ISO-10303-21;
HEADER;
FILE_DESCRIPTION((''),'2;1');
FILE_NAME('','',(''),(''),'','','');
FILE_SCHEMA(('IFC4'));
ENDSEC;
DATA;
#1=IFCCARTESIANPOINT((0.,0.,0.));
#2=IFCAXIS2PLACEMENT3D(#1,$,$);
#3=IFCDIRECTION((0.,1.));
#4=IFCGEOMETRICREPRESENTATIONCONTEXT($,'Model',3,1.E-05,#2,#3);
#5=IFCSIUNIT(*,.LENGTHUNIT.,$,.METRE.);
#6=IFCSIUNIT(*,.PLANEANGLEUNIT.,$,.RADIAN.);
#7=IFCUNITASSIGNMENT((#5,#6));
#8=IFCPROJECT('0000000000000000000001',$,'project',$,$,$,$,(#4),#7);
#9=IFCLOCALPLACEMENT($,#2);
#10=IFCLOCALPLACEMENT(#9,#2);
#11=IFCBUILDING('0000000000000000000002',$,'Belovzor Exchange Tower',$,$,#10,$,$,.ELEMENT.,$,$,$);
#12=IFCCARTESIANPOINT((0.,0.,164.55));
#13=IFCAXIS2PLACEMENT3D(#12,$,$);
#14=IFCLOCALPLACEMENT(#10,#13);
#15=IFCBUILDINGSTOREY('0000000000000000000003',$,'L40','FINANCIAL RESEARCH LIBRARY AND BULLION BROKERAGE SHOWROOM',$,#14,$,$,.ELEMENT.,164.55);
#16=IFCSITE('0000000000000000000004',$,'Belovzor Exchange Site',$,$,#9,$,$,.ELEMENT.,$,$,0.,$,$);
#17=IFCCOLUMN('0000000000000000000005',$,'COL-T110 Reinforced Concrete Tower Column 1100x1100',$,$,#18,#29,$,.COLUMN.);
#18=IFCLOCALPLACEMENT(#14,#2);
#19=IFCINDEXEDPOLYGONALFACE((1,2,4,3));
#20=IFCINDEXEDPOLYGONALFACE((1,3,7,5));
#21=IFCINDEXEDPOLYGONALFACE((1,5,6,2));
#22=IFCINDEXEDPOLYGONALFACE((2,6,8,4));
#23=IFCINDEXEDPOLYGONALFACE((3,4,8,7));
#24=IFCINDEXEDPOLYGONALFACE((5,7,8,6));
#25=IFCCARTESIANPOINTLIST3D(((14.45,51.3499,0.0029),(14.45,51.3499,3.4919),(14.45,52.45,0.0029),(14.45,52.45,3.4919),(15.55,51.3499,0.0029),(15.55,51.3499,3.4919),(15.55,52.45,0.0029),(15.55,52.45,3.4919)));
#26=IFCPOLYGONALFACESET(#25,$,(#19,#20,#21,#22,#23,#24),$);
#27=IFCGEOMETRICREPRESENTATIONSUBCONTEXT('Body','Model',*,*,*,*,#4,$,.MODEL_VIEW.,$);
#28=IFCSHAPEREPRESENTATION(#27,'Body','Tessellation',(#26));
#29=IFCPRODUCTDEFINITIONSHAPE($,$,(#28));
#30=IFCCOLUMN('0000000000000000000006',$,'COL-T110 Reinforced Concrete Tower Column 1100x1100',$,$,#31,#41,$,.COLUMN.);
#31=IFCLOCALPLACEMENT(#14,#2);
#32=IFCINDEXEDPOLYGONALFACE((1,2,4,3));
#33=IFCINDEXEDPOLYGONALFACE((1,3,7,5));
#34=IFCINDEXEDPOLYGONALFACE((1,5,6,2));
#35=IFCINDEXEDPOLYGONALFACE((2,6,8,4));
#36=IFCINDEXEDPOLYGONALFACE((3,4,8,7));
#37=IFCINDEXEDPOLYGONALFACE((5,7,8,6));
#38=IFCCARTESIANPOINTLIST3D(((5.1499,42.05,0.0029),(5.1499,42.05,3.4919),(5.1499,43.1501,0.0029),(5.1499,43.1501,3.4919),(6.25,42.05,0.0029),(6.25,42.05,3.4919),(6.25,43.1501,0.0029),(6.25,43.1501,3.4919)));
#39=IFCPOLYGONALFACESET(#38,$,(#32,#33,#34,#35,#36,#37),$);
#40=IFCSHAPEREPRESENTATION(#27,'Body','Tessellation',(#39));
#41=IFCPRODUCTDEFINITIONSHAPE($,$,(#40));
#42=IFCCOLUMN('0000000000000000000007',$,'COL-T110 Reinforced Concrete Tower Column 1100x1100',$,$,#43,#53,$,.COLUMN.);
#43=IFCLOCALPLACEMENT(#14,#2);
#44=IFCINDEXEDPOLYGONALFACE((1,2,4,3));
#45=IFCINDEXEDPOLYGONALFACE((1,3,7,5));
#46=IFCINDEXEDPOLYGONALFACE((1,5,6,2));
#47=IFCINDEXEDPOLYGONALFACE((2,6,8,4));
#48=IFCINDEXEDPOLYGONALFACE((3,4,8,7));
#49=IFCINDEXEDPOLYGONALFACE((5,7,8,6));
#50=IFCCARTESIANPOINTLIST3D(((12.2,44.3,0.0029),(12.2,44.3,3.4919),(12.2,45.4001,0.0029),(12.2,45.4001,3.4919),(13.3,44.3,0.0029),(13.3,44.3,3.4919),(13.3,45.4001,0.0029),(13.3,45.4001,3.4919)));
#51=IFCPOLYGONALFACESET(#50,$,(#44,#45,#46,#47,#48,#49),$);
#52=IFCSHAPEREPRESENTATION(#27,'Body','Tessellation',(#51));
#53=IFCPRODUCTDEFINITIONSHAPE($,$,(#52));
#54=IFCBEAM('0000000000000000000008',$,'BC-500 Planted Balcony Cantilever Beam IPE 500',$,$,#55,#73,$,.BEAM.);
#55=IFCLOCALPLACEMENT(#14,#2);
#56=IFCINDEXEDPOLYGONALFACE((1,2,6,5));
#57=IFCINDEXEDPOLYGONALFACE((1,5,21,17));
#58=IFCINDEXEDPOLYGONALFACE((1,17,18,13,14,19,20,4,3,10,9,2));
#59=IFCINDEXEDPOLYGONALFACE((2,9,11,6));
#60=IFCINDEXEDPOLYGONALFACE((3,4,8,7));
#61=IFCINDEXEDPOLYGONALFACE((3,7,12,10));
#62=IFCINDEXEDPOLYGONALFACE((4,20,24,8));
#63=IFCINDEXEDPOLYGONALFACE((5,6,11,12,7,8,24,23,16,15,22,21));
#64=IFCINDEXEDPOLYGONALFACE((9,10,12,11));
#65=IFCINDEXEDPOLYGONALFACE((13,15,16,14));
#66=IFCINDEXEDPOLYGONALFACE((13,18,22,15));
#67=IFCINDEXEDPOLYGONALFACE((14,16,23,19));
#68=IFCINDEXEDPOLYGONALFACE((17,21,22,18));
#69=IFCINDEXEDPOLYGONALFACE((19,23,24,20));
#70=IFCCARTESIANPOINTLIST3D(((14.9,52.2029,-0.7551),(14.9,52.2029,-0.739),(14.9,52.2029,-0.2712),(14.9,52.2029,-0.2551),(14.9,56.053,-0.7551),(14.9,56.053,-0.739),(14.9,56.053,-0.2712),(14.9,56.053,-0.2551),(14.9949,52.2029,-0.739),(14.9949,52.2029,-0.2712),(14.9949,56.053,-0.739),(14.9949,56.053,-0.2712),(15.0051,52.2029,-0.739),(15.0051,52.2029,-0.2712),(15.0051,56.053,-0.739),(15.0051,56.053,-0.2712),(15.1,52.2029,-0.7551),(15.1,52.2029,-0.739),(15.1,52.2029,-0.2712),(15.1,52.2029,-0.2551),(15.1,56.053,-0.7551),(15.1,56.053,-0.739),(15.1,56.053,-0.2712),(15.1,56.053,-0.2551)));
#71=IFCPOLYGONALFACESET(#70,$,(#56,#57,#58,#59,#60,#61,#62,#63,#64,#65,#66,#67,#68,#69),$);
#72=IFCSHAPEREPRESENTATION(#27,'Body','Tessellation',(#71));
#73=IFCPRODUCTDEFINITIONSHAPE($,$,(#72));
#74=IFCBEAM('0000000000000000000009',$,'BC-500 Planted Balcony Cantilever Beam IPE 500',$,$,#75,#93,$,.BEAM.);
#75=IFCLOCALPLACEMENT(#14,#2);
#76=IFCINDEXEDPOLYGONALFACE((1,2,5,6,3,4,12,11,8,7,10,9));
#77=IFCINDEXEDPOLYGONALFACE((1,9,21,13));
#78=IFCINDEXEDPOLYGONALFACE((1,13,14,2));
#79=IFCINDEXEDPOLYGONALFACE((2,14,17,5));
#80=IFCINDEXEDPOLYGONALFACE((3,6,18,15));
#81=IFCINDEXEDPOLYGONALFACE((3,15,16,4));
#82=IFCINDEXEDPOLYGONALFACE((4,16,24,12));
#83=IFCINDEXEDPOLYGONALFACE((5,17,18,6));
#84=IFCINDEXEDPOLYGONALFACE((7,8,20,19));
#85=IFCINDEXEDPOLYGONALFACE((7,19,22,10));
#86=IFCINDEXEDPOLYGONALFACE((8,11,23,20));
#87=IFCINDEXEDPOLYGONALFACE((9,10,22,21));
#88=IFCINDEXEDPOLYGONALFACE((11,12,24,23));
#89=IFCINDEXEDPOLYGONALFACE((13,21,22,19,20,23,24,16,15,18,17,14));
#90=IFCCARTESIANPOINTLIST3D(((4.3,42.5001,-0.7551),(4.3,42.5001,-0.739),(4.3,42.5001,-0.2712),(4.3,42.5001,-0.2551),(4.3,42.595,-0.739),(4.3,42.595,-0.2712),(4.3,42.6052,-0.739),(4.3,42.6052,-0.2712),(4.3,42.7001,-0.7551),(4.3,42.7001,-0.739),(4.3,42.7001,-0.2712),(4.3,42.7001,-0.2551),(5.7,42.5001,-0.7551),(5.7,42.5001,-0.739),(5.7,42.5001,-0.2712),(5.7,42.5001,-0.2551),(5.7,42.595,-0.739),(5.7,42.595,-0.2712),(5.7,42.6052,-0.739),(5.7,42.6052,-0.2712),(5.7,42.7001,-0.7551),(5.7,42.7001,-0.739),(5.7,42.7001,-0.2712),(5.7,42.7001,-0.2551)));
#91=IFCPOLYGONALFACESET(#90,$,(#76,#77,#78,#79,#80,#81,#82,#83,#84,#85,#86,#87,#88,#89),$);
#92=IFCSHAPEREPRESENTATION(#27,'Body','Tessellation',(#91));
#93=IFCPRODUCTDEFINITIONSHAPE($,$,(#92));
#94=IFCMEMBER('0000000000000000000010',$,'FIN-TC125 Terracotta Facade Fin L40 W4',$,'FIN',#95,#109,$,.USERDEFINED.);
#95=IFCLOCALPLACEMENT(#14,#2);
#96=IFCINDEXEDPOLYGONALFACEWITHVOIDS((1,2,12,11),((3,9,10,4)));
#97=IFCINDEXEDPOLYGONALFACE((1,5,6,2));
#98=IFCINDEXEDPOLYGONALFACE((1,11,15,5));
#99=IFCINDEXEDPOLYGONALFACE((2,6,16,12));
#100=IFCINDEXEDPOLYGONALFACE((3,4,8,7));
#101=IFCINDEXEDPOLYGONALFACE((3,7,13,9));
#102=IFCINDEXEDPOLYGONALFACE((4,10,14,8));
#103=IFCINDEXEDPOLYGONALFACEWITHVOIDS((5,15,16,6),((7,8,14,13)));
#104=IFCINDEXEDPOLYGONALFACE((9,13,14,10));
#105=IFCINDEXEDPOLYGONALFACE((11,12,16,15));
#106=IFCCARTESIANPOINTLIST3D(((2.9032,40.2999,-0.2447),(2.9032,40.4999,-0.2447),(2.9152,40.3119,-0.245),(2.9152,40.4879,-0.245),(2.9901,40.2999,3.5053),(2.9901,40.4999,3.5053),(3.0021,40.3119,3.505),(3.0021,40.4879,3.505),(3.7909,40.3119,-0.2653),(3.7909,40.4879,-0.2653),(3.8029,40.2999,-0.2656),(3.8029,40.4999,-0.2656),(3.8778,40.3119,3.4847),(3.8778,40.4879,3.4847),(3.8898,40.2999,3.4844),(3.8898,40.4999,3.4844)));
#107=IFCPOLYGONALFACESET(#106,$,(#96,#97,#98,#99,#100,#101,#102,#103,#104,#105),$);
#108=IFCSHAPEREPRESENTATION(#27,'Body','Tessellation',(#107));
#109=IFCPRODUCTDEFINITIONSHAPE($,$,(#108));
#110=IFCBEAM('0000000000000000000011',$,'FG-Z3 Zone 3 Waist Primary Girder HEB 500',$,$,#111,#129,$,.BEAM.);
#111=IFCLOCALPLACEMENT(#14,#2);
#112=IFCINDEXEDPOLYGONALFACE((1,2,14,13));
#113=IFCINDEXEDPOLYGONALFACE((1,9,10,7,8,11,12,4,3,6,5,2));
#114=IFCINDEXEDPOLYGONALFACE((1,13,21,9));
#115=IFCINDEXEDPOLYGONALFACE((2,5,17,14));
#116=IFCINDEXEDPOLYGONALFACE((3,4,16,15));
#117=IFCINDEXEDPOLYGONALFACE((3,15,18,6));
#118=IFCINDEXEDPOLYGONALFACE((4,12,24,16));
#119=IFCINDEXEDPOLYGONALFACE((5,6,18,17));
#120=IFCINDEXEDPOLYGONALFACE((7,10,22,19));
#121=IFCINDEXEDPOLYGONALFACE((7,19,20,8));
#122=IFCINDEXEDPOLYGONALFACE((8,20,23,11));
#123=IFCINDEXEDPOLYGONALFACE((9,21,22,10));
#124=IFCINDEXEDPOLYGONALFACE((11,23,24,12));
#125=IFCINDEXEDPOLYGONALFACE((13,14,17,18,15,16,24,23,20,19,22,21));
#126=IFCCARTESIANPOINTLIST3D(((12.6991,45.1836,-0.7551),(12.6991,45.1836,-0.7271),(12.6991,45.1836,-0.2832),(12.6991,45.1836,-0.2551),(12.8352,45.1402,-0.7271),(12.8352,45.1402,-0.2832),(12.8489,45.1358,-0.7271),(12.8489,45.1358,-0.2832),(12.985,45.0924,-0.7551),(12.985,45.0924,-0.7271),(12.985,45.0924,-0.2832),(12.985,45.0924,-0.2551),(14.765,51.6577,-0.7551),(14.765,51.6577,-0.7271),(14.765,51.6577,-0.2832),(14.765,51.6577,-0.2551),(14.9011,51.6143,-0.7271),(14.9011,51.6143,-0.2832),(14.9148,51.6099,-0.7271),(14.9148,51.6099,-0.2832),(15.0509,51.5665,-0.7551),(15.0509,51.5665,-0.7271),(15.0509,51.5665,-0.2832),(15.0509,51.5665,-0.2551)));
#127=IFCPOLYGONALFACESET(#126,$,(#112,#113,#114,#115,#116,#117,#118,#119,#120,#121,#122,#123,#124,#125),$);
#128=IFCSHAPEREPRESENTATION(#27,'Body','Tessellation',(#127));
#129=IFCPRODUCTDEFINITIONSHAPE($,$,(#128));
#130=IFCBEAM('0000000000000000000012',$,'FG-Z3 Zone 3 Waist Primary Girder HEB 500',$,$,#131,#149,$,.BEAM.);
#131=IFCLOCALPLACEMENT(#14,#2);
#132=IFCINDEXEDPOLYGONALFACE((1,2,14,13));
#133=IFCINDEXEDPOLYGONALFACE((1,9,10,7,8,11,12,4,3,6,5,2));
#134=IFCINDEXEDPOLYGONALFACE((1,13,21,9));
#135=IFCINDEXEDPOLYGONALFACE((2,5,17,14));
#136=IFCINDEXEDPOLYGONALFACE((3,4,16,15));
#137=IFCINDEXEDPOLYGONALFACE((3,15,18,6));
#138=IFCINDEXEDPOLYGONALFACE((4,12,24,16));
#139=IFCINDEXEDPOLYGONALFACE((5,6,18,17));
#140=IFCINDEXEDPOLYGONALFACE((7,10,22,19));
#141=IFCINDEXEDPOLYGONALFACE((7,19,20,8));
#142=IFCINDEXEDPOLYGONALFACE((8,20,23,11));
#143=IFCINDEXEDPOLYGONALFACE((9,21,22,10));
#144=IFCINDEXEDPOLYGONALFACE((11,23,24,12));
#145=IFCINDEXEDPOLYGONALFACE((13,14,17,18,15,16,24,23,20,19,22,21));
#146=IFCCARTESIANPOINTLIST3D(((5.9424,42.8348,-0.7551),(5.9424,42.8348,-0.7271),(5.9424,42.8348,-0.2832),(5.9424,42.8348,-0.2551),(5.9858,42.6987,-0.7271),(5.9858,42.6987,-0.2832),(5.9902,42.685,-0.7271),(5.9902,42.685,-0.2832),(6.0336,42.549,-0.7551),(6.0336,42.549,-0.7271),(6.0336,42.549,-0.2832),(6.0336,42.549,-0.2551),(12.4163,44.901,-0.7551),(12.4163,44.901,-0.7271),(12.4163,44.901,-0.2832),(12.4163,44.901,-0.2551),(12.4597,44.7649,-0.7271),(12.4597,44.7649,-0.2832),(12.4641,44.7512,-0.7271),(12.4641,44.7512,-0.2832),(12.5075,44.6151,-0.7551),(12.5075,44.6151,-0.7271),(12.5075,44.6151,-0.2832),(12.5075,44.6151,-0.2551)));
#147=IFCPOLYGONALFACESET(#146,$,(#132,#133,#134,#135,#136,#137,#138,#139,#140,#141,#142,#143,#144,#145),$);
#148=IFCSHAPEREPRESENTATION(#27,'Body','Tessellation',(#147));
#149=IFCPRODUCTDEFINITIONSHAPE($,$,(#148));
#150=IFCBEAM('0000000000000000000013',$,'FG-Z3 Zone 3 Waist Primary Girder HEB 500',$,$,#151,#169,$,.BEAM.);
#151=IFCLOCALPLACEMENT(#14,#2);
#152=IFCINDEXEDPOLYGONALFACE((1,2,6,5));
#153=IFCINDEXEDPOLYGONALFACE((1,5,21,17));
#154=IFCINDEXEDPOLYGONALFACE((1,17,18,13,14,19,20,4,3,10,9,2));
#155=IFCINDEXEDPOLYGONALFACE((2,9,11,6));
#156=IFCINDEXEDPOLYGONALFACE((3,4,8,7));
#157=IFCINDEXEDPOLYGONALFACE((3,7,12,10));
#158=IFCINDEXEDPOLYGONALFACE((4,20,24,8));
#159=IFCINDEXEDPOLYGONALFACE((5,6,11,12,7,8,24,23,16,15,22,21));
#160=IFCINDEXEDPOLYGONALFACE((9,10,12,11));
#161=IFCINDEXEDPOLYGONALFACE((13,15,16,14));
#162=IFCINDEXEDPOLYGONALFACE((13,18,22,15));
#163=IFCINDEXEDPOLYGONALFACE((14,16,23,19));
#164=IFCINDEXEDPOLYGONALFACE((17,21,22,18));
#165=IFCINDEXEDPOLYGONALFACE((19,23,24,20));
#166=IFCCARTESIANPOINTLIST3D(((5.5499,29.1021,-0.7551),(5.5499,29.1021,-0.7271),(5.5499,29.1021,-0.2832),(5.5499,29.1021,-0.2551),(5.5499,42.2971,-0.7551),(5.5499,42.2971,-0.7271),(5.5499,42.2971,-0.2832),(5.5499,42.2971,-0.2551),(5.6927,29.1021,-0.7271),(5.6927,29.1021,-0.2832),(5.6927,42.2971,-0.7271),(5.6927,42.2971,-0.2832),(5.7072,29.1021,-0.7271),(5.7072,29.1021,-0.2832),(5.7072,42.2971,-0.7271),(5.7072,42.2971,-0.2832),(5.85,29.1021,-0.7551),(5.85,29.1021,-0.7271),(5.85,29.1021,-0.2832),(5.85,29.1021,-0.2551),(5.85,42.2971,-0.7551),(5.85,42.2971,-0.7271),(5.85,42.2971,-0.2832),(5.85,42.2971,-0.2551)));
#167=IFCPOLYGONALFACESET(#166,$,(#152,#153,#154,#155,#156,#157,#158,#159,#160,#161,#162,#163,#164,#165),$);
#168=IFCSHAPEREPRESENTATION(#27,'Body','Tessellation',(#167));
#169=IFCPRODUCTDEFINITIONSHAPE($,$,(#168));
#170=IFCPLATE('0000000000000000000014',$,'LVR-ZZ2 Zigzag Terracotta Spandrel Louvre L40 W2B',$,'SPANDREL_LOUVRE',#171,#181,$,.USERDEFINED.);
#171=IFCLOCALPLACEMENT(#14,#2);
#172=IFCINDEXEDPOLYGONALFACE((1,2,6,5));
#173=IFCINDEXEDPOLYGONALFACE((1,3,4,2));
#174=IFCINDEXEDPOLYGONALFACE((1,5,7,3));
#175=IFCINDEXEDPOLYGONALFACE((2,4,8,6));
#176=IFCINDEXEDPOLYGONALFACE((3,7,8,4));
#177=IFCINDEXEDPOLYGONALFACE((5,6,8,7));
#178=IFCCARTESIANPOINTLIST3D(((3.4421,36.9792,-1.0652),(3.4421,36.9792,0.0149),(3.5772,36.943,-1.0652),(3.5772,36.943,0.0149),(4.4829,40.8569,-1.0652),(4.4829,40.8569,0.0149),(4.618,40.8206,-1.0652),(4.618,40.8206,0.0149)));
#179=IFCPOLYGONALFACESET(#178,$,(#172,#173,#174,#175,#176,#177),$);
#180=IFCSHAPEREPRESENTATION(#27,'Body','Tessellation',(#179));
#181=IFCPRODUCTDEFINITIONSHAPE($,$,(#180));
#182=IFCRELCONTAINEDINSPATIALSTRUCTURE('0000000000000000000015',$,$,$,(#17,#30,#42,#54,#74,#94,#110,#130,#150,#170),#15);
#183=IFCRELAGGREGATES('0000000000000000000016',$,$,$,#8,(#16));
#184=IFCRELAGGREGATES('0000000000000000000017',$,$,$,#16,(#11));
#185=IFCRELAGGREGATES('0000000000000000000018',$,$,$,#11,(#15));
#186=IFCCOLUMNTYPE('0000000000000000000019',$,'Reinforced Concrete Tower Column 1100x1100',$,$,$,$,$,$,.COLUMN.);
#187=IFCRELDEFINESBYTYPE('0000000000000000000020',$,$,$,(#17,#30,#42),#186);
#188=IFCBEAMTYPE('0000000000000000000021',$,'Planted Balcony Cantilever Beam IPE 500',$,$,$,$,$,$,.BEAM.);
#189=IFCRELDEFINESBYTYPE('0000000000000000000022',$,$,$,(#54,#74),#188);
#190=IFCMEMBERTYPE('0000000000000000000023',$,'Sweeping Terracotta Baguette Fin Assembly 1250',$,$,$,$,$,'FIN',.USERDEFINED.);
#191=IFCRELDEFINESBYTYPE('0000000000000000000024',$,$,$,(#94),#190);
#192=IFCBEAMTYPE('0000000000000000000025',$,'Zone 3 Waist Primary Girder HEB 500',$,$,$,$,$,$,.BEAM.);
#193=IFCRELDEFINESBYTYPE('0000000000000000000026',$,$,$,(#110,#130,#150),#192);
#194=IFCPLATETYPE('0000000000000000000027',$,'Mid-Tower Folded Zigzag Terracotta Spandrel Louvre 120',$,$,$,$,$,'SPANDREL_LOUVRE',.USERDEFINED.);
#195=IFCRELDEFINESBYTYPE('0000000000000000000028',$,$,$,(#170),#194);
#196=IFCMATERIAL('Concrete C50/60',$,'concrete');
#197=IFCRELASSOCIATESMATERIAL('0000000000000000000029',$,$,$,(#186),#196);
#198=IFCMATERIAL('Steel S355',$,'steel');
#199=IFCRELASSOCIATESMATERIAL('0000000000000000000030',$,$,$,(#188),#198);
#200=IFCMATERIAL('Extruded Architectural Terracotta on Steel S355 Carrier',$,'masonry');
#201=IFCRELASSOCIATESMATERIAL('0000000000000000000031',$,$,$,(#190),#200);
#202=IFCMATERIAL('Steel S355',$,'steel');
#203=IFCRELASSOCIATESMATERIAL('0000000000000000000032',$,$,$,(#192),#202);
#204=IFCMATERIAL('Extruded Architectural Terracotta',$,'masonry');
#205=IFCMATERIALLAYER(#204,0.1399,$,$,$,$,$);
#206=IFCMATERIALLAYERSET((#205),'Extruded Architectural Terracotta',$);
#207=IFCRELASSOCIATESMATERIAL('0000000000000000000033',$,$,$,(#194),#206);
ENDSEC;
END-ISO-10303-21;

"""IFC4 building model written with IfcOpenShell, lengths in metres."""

from ifc_helpers import new_model, si_unit, direction, frame, origin, origin_2d, place, context, subcontext, project, spatial, rectangle, hollow_rectangle, i_section, extrude, material, layer, layer_set, material_profile, profile_set, type_object, element, save


model = new_model("IFC4")

# Units and contexts
model_context = context("Model", 3, precision=1e-05, world=origin(), true_north=direction((0.0, 1.0)))
body_context = subcontext(model_context, "Body", "Model", "MODEL_VIEW")
ifc_project = project(units=[si_unit("LENGTHUNIT", "METRE"), si_unit("PLANEANGLEUNIT", "RADIAN")], contexts=[model_context])

# Site, building, storey
site_placement = place(None, origin())
site = spatial("IfcSite", under=ifc_project, at=site_placement, Name="Belovzor Exchange Site", CompositionType="ELEMENT", RefElevation=0.0)
building_placement = place(site_placement, origin())
building = spatial("IfcBuilding", under=site, at=building_placement, Name="Belovzor Exchange Tower", CompositionType="ELEMENT")
storey_placement = place(building_placement, frame((0.0, 0.0, 164.55)))
storey = spatial("IfcBuildingStorey", under=building, at=storey_placement, Name="L40", Description="FINANCIAL RESEARCH LIBRARY AND BULLION BROKERAGE SHOWROOM", CompositionType="ELEMENT", Elevation=164.55)

# Columns
ifc_material_1 = material(Name="Concrete C50/60", Category="concrete")
ifc_material_profile_1 = material_profile(ifc_material_1, rectangle(XDim=1.1001, YDim=1.1001, at=origin_2d()))
ifc_profile_set_1 = profile_set([ifc_material_profile_1], Name="Concrete C50/60")
column_type = type_object("IfcColumnType", Name="Reinforced Concrete Tower Column 1100x1100", PredefinedType="COLUMN", material=ifc_profile_set_1)
for number, where, z_axis, x_axis, name in (
    (1, (15.0, 51.8999, 0.0029), (0.0, 0.0, 1.0), (1.0, 0.0, 0.0), "COL-T110 Reinforced Concrete Tower Column 1100x1100"),
    (2, (5.7, 42.6001, 0.0029), (0.0, 0.0, 1.0), (1.0, 0.0, 0.0), "COL-T110 Reinforced Concrete Tower Column 1100x1100"),
    (3, (12.75, 44.8501, 0.0029), (0.0, 0.0, 1.0), (1.0, 0.0, 0.0), "COL-T110 Reinforced Concrete Tower Column 1100x1100"),
):
    element("IfcColumn", number, at=place(storey_placement, frame(where, z_axis=z_axis, x_axis=x_axis)), inside=storey, type_object=column_type, Name=name, PredefinedType="COLUMN", context=body_context, shape_type="SweptSolid", body=[
        extrude(rectangle(XDim=1.1001, YDim=1.1001, at=origin_2d()), origin(), (0.0, 0.0, 1.0), 3.489),
    ])

# Beams
ifc_material_2 = material(Name="Steel S355", Category="steel")
ifc_material_profile_2 = material_profile(ifc_material_2, i_section(OverallWidth=0.2, OverallDepth=0.5, WebThickness=0.0103, FlangeThickness=0.0161, at=origin_2d()))
ifc_profile_set_2 = profile_set([ifc_material_profile_2], Name="Steel S355")
beam_type_1 = type_object("IfcBeamType", Name="Planted Balcony Cantilever Beam IPE 500", PredefinedType="BEAM", material=ifc_profile_set_2)
beam_1_placement = place(storey_placement, frame((15.0, 52.2029, -0.5051), z_axis=(0.0, 1.0, 0.0), x_axis=(-1.0, 0.0, 0.0)))
element("IfcBeam", 4, at=beam_1_placement, inside=storey, type_object=beam_type_1, Name="BC-500 Planted Balcony Cantilever Beam IPE 500", PredefinedType="BEAM", context=body_context, shape_type="SweptSolid", body=[
    extrude(i_section(OverallWidth=0.2, OverallDepth=0.5, WebThickness=0.0103, FlangeThickness=0.0161, at=origin_2d()), origin(), (0.0, 0.0, 1.0), 3.8501),
])
beam_2_placement = place(storey_placement, frame((5.7, 42.6001, -0.5051), z_axis=(-1.0, 0.0, 0.0), x_axis=(0.0, -1.0, 0.0)))
element("IfcBeam", 5, at=beam_2_placement, inside=storey, type_object=beam_type_1, Name="BC-500 Planted Balcony Cantilever Beam IPE 500", PredefinedType="BEAM", context=body_context, shape_type="SweptSolid", body=[
    extrude(i_section(OverallWidth=0.2, OverallDepth=0.5, WebThickness=0.0103, FlangeThickness=0.0161, at=origin_2d()), origin(), (0.0, 0.0, 1.0), 1.3999),
])

# Member
ifc_material_3 = material(Name="Extruded Architectural Terracotta on Steel S355 Carrier", Category="masonry")
ifc_material_profile_3 = material_profile(ifc_material_3, hollow_rectangle(XDim=0.2, YDim=0.8999, WallThickness=0.012, at=origin_2d()))
ifc_profile_set_3 = profile_set([ifc_material_profile_3], Name="Extruded Architectural Terracotta on Steel S355 Carrier")
member_type = type_object("IfcMemberType", Name="Sweeping Terracotta Baguette Fin Assembly 1250", ElementType="FIN", PredefinedType="USERDEFINED", material=ifc_profile_set_3)
member_placement = place(storey_placement, frame((3.353, 40.3999, -0.2551), z_axis=(0.023171, 0.0, 0.999732), x_axis=(0.0, 1.0, 0.0)))
element("IfcMember", 6, at=member_placement, inside=storey, type_object=member_type, Name="FIN-TC125 Terracotta Facade Fin L40 W4", ObjectType="FIN", PredefinedType="USERDEFINED", context=body_context, shape_type="SweptSolid", body=[
    extrude(hollow_rectangle(XDim=0.2, YDim=0.8999, WallThickness=0.012, at=origin_2d()), origin(), (0.0, 0.0, 1.0), 3.751),
])

# Beams
ifc_material_4 = material(Name="Steel S355", Category="steel")
ifc_material_profile_4 = material_profile(ifc_material_4, i_section(OverallWidth=0.3, OverallDepth=0.5, WebThickness=0.0144, FlangeThickness=0.0281, at=origin_2d()))
ifc_profile_set_4 = profile_set([ifc_material_profile_4], Name="Steel S355")
beam_type_2 = type_object("IfcBeamType", Name="Zone 3 Waist Primary Girder HEB 500", PredefinedType="BEAM", material=ifc_profile_set_4)
for number, where, z_axis, x_axis, name in (
    (7, (14.908, 51.6121, -0.5051), (-0.304001, -0.952672, 0.0), (0.952672, -0.304001, 0.0), "FG-Z3 Zone 3 Waist Primary Girder HEB 500"),
    (8, (12.4619, 44.7581, -0.5051), (-0.952658, -0.304044, 0.0), (0.304044, -0.952658, 0.0), "FG-Z3 Zone 3 Waist Primary Girder HEB 500"),
):
    element("IfcBeam", number, at=place(storey_placement, frame(where, z_axis=z_axis, x_axis=x_axis)), inside=storey, type_object=beam_type_2, Name=name, PredefinedType="BEAM", context=body_context, shape_type="SweptSolid", body=[
        extrude(i_section(OverallWidth=0.3, OverallDepth=0.5, WebThickness=0.0144, FlangeThickness=0.0281, at=origin_2d()), origin(), (0.0, 0.0, 1.0), 6.7957),
    ])
beam_3_placement = place(storey_placement, frame((5.7, 42.2971, -0.5051), z_axis=(0.0, -1.0, 0.0), x_axis=(1.0, 0.0, 0.0)))
element("IfcBeam", 9, at=beam_3_placement, inside=storey, type_object=beam_type_2, Name="FG-Z3 Zone 3 Waist Primary Girder HEB 500", PredefinedType="BEAM", context=body_context, shape_type="SweptSolid", body=[
    extrude(i_section(OverallWidth=0.3, OverallDepth=0.5, WebThickness=0.0144, FlangeThickness=0.0281, at=origin_2d()), origin(), (0.0, 0.0, 1.0), 13.1951),
])

# Plate
ifc_material_5 = material(Name="Extruded Architectural Terracotta", Category="masonry")
ifc_layer_1 = layer(ifc_material_5, 0.1399)
ifc_layer_set_1 = layer_set([ifc_layer_1], Name="Extruded Architectural Terracotta")
plate_type = type_object("IfcPlateType", Name="Mid-Tower Folded Zigzag Terracotta Spandrel Louvre 120", ElementType="SPANDREL_LOUVRE", PredefinedType="USERDEFINED", material=ifc_layer_set_1)
plate_placement = place(storey_placement, frame((4.03, 38.8999, -1.0652), z_axis=(0.0, 0.0, 1.0), x_axis=(0.25924, 0.965813, 0.0)))
element("IfcPlate", 10, at=plate_placement, inside=storey, type_object=plate_type, Name="LVR-ZZ2 Zigzag Terracotta Spandrel Louvre L40 W2B", ObjectType="SPANDREL_LOUVRE", PredefinedType="USERDEFINED", context=body_context, shape_type="SweptSolid", body=[
    extrude(rectangle(XDim=4.0149, YDim=0.1399, at=origin_2d()), origin(), (0.0, 0.0, 1.0), 1.0801),
])

save(model, "model.ifc")
